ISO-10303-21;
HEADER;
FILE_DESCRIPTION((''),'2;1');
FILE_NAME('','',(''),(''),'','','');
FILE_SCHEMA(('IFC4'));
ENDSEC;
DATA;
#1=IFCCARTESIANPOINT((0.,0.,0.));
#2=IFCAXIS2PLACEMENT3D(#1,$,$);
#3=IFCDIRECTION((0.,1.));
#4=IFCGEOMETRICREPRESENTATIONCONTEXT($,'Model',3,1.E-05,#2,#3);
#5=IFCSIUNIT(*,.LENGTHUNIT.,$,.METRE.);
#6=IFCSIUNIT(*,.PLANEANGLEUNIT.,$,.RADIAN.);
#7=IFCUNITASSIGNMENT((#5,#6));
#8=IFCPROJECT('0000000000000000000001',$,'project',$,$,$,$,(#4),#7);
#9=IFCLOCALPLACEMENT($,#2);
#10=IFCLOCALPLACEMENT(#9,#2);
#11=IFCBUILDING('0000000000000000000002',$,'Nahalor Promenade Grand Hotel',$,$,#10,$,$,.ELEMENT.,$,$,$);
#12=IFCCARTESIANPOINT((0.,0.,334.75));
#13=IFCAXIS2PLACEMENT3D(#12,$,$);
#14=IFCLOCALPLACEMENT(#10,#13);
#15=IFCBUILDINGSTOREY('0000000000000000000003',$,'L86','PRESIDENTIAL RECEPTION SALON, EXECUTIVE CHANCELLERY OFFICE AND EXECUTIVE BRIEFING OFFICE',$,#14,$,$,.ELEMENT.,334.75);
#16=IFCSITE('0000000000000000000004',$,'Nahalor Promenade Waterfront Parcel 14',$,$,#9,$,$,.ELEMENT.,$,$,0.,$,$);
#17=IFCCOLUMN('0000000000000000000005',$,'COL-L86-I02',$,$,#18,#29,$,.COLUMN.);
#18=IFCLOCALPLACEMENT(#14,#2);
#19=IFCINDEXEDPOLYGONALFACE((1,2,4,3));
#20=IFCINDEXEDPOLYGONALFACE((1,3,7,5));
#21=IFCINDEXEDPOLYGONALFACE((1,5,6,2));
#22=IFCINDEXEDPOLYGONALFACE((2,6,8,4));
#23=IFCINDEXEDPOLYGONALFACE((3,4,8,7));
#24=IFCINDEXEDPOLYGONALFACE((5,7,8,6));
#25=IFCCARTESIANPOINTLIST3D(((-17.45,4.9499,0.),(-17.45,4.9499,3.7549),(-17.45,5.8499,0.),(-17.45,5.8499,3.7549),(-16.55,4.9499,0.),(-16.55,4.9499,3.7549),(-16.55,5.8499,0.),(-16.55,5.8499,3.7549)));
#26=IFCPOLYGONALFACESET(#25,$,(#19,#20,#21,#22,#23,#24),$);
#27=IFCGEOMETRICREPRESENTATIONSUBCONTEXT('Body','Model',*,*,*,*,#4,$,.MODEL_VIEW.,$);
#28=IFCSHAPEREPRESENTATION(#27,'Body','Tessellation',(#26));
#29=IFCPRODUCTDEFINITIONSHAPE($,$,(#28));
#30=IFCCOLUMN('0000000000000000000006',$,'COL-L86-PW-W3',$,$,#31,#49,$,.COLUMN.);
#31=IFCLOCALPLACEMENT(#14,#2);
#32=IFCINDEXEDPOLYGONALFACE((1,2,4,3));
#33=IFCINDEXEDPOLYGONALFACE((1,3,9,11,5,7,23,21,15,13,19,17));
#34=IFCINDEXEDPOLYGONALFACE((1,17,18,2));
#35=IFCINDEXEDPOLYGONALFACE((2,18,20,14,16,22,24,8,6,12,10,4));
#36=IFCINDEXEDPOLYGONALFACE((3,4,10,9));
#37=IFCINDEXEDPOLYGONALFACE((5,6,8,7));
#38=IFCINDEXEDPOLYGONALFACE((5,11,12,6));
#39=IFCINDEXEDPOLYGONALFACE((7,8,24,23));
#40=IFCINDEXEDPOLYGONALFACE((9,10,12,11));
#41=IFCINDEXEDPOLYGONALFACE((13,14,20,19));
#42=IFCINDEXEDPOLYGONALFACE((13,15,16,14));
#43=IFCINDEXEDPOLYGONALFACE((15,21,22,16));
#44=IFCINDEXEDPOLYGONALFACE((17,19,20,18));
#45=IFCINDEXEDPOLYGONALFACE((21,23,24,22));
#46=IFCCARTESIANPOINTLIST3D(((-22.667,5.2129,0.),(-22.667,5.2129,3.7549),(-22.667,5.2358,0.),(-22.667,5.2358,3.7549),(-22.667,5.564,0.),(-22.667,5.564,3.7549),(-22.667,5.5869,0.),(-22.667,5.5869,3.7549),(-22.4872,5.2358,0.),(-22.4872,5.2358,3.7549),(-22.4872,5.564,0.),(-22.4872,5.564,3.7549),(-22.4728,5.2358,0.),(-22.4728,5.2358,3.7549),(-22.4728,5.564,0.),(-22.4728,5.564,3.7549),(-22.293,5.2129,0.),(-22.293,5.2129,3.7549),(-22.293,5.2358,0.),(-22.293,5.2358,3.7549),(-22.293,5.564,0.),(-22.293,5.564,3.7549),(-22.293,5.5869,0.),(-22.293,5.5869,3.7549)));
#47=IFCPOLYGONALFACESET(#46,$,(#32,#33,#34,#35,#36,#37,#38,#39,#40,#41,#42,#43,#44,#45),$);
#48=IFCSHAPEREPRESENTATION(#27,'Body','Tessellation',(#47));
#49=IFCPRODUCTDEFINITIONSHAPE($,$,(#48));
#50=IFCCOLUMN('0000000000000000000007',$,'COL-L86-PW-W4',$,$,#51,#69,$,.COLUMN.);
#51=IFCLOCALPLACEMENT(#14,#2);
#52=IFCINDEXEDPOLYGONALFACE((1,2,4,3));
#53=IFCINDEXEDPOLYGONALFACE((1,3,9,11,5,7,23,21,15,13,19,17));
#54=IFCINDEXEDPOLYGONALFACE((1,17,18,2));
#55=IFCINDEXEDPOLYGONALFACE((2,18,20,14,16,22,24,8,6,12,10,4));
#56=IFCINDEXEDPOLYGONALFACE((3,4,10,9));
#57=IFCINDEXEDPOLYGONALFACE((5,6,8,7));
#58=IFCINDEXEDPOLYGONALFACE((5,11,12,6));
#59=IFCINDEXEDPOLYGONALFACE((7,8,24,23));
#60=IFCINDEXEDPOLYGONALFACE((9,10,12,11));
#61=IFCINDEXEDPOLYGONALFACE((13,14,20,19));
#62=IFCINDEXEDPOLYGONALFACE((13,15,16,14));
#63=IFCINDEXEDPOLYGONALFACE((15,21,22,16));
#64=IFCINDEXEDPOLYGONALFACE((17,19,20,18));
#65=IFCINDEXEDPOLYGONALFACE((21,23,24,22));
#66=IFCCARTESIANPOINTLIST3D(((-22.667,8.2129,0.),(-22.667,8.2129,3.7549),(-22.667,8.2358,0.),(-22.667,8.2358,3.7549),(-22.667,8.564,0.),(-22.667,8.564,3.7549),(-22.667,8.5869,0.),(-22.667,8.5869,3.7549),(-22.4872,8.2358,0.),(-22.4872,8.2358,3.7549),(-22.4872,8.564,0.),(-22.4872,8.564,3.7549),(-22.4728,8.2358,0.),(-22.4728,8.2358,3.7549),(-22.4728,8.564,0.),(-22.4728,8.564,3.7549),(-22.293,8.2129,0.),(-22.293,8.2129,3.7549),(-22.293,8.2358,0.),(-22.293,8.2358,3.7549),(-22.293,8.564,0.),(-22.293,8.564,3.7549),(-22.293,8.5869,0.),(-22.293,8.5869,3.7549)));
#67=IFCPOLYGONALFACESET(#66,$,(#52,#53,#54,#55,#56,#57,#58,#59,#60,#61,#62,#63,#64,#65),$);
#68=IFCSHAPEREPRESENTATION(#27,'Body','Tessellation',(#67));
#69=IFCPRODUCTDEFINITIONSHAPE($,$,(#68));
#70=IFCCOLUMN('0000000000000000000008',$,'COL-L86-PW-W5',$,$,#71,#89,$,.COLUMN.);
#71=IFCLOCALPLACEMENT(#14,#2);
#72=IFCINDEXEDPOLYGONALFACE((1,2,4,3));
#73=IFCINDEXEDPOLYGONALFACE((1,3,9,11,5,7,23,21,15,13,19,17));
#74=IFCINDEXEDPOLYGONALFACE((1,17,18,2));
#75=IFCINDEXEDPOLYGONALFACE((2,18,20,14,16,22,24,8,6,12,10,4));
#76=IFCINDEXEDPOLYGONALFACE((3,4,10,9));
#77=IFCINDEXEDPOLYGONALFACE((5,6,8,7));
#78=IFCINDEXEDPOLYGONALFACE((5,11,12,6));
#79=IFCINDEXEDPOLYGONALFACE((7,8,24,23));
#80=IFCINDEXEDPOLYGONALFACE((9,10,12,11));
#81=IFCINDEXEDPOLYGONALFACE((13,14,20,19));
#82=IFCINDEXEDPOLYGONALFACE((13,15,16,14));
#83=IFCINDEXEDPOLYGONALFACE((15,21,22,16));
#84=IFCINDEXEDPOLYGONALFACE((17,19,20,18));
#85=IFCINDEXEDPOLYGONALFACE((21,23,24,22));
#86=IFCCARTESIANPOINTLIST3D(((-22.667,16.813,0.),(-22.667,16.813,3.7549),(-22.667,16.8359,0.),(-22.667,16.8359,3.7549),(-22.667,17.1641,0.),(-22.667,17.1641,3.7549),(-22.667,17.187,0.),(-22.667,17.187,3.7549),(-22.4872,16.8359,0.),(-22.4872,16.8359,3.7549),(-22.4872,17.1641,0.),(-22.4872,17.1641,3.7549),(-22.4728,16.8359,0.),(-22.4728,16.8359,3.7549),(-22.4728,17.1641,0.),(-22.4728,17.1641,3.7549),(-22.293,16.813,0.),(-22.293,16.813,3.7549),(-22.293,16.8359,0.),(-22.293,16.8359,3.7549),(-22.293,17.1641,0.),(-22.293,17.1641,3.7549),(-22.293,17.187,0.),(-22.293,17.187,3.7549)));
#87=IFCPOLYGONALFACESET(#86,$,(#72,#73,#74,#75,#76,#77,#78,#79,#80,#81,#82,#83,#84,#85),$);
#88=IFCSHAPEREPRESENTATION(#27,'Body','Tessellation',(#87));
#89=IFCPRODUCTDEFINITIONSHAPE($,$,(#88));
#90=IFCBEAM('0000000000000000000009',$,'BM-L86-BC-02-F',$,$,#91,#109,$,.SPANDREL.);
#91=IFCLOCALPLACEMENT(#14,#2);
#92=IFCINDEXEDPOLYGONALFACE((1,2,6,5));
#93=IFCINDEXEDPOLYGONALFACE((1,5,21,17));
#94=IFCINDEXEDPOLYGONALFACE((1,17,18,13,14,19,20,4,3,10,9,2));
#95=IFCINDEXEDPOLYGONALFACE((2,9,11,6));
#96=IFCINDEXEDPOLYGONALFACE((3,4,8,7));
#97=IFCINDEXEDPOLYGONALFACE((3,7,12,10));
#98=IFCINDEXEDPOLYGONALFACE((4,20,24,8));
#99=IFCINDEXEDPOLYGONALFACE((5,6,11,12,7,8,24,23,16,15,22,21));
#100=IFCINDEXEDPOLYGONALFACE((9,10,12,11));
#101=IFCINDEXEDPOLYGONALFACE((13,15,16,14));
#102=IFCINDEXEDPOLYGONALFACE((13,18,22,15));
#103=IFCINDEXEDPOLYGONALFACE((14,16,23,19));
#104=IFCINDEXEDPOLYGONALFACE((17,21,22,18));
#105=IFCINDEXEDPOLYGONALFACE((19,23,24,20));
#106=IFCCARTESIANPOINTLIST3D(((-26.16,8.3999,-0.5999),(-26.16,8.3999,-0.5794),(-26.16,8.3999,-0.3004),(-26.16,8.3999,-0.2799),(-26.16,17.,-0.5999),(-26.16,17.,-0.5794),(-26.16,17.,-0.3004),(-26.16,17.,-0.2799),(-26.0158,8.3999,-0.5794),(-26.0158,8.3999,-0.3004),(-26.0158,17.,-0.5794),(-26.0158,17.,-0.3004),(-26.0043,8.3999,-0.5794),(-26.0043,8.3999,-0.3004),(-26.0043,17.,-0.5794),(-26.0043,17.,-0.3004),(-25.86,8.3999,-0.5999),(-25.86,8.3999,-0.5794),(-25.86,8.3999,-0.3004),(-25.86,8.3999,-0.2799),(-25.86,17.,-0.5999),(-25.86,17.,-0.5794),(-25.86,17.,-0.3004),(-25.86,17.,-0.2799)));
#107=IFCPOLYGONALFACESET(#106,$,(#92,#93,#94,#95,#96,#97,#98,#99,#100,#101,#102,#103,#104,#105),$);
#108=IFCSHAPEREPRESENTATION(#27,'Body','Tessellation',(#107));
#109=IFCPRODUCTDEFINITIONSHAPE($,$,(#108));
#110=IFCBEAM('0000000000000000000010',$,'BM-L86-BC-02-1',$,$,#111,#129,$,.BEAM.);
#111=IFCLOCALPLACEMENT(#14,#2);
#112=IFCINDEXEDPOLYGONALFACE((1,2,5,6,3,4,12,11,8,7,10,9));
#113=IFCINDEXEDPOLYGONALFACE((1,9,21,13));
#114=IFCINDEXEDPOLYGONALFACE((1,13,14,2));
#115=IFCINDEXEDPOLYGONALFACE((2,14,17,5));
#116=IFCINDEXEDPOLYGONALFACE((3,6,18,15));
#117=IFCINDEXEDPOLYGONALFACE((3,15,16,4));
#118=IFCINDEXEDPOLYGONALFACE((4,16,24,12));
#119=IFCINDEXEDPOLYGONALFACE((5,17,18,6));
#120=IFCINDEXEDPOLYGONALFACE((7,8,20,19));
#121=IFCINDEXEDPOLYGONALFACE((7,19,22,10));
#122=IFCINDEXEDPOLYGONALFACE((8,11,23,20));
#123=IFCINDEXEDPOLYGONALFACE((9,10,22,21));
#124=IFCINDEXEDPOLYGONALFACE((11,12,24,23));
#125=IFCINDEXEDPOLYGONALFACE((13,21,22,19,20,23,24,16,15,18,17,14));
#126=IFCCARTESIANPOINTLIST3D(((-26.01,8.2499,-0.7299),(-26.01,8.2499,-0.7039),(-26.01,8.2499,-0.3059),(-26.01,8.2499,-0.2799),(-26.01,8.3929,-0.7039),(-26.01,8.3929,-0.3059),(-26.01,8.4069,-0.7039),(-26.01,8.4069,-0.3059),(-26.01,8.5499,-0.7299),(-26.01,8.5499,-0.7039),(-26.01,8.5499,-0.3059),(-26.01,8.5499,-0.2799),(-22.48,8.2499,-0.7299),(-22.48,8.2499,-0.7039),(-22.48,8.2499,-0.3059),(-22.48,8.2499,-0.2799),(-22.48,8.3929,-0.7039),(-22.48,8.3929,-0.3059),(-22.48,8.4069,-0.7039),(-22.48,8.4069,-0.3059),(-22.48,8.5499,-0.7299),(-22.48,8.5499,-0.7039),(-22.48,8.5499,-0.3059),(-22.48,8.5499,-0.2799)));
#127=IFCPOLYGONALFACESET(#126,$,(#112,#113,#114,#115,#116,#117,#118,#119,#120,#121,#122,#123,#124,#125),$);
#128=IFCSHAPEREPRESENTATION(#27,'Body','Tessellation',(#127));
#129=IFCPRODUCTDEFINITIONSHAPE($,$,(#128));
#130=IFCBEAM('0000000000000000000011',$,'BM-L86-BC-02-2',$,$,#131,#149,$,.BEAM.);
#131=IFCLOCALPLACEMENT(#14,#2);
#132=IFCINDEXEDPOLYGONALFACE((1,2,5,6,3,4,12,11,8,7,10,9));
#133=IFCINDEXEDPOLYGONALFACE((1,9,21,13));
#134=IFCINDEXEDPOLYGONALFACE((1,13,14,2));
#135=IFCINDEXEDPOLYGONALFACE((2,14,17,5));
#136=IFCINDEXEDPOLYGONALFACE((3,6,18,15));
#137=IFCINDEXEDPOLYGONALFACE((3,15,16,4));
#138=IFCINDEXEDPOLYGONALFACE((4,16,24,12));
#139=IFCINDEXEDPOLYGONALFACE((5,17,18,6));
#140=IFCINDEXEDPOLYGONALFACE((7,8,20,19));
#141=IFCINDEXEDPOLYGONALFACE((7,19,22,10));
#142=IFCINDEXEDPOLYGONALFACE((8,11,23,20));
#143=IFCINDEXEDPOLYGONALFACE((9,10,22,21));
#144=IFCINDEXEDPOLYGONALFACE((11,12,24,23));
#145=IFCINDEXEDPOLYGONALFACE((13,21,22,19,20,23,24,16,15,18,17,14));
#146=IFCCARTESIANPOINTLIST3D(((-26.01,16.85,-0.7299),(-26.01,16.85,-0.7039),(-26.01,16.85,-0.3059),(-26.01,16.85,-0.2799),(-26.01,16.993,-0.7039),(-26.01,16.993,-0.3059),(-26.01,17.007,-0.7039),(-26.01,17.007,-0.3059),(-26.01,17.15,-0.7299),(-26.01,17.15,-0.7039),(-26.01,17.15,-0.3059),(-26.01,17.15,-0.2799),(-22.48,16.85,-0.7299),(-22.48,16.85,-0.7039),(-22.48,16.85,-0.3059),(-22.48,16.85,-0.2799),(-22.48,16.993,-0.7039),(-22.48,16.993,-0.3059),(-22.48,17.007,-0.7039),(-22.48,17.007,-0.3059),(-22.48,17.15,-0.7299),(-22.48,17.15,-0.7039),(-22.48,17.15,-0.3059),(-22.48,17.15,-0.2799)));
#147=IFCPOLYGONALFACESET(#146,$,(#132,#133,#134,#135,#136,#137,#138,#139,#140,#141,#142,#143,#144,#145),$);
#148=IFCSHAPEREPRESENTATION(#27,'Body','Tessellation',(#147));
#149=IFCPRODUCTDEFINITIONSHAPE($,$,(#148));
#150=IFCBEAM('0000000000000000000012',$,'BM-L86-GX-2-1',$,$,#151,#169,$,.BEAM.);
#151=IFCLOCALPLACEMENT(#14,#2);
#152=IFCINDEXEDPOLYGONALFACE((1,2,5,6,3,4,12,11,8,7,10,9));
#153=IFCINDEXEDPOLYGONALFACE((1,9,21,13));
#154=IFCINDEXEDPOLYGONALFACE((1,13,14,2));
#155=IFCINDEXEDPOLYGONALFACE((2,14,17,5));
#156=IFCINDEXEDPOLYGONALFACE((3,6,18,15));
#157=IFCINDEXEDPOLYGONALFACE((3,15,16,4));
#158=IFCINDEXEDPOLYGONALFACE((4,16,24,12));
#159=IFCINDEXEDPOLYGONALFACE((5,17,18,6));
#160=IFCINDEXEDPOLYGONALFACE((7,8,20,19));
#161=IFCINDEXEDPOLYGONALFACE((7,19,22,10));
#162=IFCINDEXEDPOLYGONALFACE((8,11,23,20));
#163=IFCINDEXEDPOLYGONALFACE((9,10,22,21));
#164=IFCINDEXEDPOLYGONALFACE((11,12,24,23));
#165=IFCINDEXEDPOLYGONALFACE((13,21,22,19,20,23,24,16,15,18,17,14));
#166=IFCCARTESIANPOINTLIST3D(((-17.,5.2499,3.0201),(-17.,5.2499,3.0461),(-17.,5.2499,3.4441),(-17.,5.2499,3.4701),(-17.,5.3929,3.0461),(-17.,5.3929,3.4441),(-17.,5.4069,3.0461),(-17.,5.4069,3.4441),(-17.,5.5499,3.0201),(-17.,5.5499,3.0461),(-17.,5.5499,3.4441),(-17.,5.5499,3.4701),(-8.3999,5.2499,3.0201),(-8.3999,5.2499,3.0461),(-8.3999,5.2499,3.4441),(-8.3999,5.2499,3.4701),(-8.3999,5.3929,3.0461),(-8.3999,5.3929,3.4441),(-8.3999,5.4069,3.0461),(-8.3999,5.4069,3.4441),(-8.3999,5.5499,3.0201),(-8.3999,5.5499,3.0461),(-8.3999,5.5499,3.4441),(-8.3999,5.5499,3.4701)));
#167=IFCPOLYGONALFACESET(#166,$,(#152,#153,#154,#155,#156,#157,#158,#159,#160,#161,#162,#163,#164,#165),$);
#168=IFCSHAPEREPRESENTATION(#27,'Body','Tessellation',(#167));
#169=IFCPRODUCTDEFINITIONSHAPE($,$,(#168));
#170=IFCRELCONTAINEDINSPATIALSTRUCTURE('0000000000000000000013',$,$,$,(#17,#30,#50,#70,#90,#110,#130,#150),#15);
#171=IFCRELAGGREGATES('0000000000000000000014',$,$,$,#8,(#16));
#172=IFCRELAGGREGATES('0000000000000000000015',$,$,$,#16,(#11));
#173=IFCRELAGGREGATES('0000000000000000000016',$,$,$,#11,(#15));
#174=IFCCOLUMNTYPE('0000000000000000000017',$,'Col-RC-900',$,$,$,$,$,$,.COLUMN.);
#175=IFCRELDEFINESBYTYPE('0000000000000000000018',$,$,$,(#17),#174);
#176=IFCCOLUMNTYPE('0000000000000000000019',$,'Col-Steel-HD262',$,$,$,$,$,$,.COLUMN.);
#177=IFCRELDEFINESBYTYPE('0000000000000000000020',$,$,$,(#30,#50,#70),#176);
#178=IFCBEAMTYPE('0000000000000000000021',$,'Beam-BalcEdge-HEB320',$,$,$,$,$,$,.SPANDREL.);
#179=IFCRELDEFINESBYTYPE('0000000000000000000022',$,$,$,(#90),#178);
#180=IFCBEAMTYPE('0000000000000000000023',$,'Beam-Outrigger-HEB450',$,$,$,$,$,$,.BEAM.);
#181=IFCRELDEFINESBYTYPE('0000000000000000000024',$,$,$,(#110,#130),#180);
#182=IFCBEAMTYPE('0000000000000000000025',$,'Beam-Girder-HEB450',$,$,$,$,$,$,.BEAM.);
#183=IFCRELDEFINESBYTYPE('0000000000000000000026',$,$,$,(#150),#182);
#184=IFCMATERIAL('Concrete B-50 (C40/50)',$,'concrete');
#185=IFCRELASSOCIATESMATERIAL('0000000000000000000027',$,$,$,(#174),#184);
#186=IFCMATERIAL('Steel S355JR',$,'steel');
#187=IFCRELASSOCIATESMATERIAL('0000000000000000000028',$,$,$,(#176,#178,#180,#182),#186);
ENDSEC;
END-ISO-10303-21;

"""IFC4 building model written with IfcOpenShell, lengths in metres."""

from ifc_helpers import new_model, si_unit, direction, frame, origin, origin_2d, place, context, subcontext, project, spatial, rectangle, i_section, extrude, source, transform, mapped, material, material_profile, profile_set, type_object, element, save


model = new_model("IFC4")

# Units and contexts
model_context = context("Model", 3, precision=1e-05, world=origin(), true_north=direction((0.0, 1.0)))
body_context = subcontext(model_context, "Body", "Model", "MODEL_VIEW")
ifc_project = project(units=[si_unit("LENGTHUNIT", "METRE"), si_unit("PLANEANGLEUNIT", "RADIAN")], contexts=[model_context])

# Site, building, storey
site_placement = place(None, origin())
site = spatial("IfcSite", under=ifc_project, at=site_placement, Name="Nahalor Promenade Waterfront Parcel 14", CompositionType="ELEMENT", RefElevation=0.0)
building_placement = place(site_placement, origin())
building = spatial("IfcBuilding", under=site, at=building_placement, Name="Nahalor Promenade Grand Hotel", CompositionType="ELEMENT")
storey_placement = place(building_placement, frame((0.0, 0.0, 334.75)))
storey = spatial("IfcBuildingStorey", under=building, at=storey_placement, Name="L86", Description="PRESIDENTIAL RECEPTION SALON, EXECUTIVE CHANCELLERY OFFICE AND EXECUTIVE BRIEFING OFFICE", CompositionType="ELEMENT", Elevation=334.75)

# Columns
ifc_material_1 = material(Name="Concrete B-50 (C40/50)", Category="concrete")
ifc_material_profile_1 = material_profile(ifc_material_1, rectangle(XDim=0.9, YDim=0.9, at=origin_2d()), Name="RC 900x900")
ifc_profile_set_1 = profile_set([ifc_material_profile_1], Name="Concrete B-50 (C40/50)")
column_type_1 = type_object("IfcColumnType", Name="Col-RC-900", PredefinedType="COLUMN", material=ifc_profile_set_1)
shared_shape_1 = source(origin(), body_context, "Body", "SweptSolid", [
    extrude(rectangle(XDim=0.9, YDim=0.9, at=origin_2d()), origin(), (0.0, 0.0, 1.0), 3.7549),
])
column_placement = place(storey_placement, frame((-17.0, 5.3999, 0.0), z_axis=(0.0, 0.0, 1.0), x_axis=(1.0, 0.0, 0.0)))
element("IfcColumn", 1, at=column_placement, inside=storey, type_object=column_type_1, Name="COL-L86-I02", PredefinedType="COLUMN", context=body_context, shape_type="MappedRepresentation", body=[
    mapped(shared_shape_1, transform((0.0, 0.0, 0.0), scale=1.0)),
])
ifc_material_2 = material(Name="Steel S355JR", Category="steel")
ifc_material_profile_2 = material_profile(ifc_material_2, i_section(OverallWidth=0.374, OverallDepth=0.374, WebThickness=0.0144, FlangeThickness=0.0229, at=origin_2d()), Name="HD 360x262")
ifc_profile_set_2 = profile_set([ifc_material_profile_2], Name="Steel S355JR")
column_type_2 = type_object("IfcColumnType", Name="Col-Steel-HD262", PredefinedType="COLUMN", material=ifc_profile_set_2)
shared_shape_2 = source(origin(), body_context, "Body", "SweptSolid", [
    extrude(i_section(OverallWidth=0.374, OverallDepth=0.374, WebThickness=0.0144, FlangeThickness=0.0229, at=origin_2d()), origin(), (0.0, 0.0, 1.0), 3.7549),
])
for number, where, z_axis, x_axis, name in (
    (2, (-22.48, 5.3999, 0.0), (0.0, 0.0, 1.0), (1.0, 0.0, 0.0), "COL-L86-PW-W3"),
    (3, (-22.48, 8.3999, 0.0), (0.0, 0.0, 1.0), (1.0, 0.0, 0.0), "COL-L86-PW-W4"),
    (4, (-22.48, 17.0, 0.0), (0.0, 0.0, 1.0), (1.0, 0.0, 0.0), "COL-L86-PW-W5"),
):
    element("IfcColumn", number, at=place(storey_placement, frame(where, z_axis=z_axis, x_axis=x_axis)), inside=storey, type_object=column_type_2, Name=name, PredefinedType="COLUMN", context=body_context, shape_type="MappedRepresentation", body=[
        mapped(shared_shape_2, transform((0.0, 0.0, 0.0), scale=1.0)),
    ])

# Beams
ifc_material_profile_3 = material_profile(ifc_material_2, i_section(OverallWidth=0.3, OverallDepth=0.32, WebThickness=0.0115, FlangeThickness=0.0205, at=origin_2d()), Name="HEB 320")
ifc_profile_set_3 = profile_set([ifc_material_profile_3], Name="Steel S355JR")
beam_type_1 = type_object("IfcBeamType", Name="Beam-BalcEdge-HEB320", PredefinedType="SPANDREL", material=ifc_profile_set_3)
shared_shape_3 = source(origin(), body_context, "Body", "SweptSolid", [
    extrude(i_section(OverallWidth=0.3, OverallDepth=0.32, WebThickness=0.0115, FlangeThickness=0.0205, at=origin_2d()), origin(), (0.0, 0.0, 1.0), 8.6001),
])
beam_1_placement = place(storey_placement, frame((-26.01, 8.3999, -0.4399), z_axis=(0.0, 1.0, 0.0), x_axis=(-1.0, 0.0, 0.0)))
element("IfcBeam", 5, at=beam_1_placement, inside=storey, type_object=beam_type_1, Name="BM-L86-BC-02-F", PredefinedType="SPANDREL", context=body_context, shape_type="MappedRepresentation", body=[
    mapped(shared_shape_3, transform((0.0, 0.0, 0.0), scale=1.0)),
])
ifc_material_profile_4 = material_profile(ifc_material_2, i_section(OverallWidth=0.3, OverallDepth=0.45, WebThickness=0.014, FlangeThickness=0.026, at=origin_2d()), Name="HEB 450")
ifc_profile_set_4 = profile_set([ifc_material_profile_4], Name="Steel S355JR")
beam_type_2 = type_object("IfcBeamType", Name="Beam-Outrigger-HEB450", PredefinedType="BEAM", material=ifc_profile_set_4)
shared_shape_4 = source(origin(), body_context, "Body", "SweptSolid", [
    extrude(i_section(OverallWidth=0.3, OverallDepth=0.45, WebThickness=0.014, FlangeThickness=0.026, at=origin_2d()), origin(), (0.0, 0.0, 1.0), 3.53),
])
for number, where, z_axis, x_axis, name in (
    (6, (-26.01, 8.3999, -0.5049), (1.0, 0.0, 0.0), (0.0, 1.0, 0.0), "BM-L86-BC-02-1"),
    (7, (-26.01, 17.0, -0.5049), (1.0, 0.0, 0.0), (0.0, 1.0, 0.0), "BM-L86-BC-02-2"),
):
    element("IfcBeam", number, at=place(storey_placement, frame(where, z_axis=z_axis, x_axis=x_axis)), inside=storey, type_object=beam_type_2, Name=name, PredefinedType="BEAM", context=body_context, shape_type="MappedRepresentation", body=[
        mapped(shared_shape_4, transform((0.0, 0.0, 0.0), scale=1.0)),
    ])
ifc_material_profile_5 = material_profile(ifc_material_2, i_section(OverallWidth=0.3, OverallDepth=0.45, WebThickness=0.014, FlangeThickness=0.026, at=origin_2d()), Name="HEB 450")
ifc_profile_set_5 = profile_set([ifc_material_profile_5], Name="Steel S355JR")
beam_type_3 = type_object("IfcBeamType", Name="Beam-Girder-HEB450", PredefinedType="BEAM", material=ifc_profile_set_5)
shared_shape_5 = source(origin(), body_context, "Body", "SweptSolid", [
    extrude(i_section(OverallWidth=0.3, OverallDepth=0.45, WebThickness=0.014, FlangeThickness=0.026, at=origin_2d()), origin(), (0.0, 0.0, 1.0), 8.6001),
])
beam_2_placement = place(storey_placement, frame((-17.0, 5.3999, 3.2451), z_axis=(1.0, 0.0, 0.0), x_axis=(0.0, 1.0, 0.0)))
element("IfcBeam", 8, at=beam_2_placement, inside=storey, type_object=beam_type_3, Name="BM-L86-GX-2-1", PredefinedType="BEAM", context=body_context, shape_type="MappedRepresentation", body=[
    mapped(shared_shape_5, transform((0.0, 0.0, 0.0), scale=1.0)),
])

save(model, "model.ifc")
